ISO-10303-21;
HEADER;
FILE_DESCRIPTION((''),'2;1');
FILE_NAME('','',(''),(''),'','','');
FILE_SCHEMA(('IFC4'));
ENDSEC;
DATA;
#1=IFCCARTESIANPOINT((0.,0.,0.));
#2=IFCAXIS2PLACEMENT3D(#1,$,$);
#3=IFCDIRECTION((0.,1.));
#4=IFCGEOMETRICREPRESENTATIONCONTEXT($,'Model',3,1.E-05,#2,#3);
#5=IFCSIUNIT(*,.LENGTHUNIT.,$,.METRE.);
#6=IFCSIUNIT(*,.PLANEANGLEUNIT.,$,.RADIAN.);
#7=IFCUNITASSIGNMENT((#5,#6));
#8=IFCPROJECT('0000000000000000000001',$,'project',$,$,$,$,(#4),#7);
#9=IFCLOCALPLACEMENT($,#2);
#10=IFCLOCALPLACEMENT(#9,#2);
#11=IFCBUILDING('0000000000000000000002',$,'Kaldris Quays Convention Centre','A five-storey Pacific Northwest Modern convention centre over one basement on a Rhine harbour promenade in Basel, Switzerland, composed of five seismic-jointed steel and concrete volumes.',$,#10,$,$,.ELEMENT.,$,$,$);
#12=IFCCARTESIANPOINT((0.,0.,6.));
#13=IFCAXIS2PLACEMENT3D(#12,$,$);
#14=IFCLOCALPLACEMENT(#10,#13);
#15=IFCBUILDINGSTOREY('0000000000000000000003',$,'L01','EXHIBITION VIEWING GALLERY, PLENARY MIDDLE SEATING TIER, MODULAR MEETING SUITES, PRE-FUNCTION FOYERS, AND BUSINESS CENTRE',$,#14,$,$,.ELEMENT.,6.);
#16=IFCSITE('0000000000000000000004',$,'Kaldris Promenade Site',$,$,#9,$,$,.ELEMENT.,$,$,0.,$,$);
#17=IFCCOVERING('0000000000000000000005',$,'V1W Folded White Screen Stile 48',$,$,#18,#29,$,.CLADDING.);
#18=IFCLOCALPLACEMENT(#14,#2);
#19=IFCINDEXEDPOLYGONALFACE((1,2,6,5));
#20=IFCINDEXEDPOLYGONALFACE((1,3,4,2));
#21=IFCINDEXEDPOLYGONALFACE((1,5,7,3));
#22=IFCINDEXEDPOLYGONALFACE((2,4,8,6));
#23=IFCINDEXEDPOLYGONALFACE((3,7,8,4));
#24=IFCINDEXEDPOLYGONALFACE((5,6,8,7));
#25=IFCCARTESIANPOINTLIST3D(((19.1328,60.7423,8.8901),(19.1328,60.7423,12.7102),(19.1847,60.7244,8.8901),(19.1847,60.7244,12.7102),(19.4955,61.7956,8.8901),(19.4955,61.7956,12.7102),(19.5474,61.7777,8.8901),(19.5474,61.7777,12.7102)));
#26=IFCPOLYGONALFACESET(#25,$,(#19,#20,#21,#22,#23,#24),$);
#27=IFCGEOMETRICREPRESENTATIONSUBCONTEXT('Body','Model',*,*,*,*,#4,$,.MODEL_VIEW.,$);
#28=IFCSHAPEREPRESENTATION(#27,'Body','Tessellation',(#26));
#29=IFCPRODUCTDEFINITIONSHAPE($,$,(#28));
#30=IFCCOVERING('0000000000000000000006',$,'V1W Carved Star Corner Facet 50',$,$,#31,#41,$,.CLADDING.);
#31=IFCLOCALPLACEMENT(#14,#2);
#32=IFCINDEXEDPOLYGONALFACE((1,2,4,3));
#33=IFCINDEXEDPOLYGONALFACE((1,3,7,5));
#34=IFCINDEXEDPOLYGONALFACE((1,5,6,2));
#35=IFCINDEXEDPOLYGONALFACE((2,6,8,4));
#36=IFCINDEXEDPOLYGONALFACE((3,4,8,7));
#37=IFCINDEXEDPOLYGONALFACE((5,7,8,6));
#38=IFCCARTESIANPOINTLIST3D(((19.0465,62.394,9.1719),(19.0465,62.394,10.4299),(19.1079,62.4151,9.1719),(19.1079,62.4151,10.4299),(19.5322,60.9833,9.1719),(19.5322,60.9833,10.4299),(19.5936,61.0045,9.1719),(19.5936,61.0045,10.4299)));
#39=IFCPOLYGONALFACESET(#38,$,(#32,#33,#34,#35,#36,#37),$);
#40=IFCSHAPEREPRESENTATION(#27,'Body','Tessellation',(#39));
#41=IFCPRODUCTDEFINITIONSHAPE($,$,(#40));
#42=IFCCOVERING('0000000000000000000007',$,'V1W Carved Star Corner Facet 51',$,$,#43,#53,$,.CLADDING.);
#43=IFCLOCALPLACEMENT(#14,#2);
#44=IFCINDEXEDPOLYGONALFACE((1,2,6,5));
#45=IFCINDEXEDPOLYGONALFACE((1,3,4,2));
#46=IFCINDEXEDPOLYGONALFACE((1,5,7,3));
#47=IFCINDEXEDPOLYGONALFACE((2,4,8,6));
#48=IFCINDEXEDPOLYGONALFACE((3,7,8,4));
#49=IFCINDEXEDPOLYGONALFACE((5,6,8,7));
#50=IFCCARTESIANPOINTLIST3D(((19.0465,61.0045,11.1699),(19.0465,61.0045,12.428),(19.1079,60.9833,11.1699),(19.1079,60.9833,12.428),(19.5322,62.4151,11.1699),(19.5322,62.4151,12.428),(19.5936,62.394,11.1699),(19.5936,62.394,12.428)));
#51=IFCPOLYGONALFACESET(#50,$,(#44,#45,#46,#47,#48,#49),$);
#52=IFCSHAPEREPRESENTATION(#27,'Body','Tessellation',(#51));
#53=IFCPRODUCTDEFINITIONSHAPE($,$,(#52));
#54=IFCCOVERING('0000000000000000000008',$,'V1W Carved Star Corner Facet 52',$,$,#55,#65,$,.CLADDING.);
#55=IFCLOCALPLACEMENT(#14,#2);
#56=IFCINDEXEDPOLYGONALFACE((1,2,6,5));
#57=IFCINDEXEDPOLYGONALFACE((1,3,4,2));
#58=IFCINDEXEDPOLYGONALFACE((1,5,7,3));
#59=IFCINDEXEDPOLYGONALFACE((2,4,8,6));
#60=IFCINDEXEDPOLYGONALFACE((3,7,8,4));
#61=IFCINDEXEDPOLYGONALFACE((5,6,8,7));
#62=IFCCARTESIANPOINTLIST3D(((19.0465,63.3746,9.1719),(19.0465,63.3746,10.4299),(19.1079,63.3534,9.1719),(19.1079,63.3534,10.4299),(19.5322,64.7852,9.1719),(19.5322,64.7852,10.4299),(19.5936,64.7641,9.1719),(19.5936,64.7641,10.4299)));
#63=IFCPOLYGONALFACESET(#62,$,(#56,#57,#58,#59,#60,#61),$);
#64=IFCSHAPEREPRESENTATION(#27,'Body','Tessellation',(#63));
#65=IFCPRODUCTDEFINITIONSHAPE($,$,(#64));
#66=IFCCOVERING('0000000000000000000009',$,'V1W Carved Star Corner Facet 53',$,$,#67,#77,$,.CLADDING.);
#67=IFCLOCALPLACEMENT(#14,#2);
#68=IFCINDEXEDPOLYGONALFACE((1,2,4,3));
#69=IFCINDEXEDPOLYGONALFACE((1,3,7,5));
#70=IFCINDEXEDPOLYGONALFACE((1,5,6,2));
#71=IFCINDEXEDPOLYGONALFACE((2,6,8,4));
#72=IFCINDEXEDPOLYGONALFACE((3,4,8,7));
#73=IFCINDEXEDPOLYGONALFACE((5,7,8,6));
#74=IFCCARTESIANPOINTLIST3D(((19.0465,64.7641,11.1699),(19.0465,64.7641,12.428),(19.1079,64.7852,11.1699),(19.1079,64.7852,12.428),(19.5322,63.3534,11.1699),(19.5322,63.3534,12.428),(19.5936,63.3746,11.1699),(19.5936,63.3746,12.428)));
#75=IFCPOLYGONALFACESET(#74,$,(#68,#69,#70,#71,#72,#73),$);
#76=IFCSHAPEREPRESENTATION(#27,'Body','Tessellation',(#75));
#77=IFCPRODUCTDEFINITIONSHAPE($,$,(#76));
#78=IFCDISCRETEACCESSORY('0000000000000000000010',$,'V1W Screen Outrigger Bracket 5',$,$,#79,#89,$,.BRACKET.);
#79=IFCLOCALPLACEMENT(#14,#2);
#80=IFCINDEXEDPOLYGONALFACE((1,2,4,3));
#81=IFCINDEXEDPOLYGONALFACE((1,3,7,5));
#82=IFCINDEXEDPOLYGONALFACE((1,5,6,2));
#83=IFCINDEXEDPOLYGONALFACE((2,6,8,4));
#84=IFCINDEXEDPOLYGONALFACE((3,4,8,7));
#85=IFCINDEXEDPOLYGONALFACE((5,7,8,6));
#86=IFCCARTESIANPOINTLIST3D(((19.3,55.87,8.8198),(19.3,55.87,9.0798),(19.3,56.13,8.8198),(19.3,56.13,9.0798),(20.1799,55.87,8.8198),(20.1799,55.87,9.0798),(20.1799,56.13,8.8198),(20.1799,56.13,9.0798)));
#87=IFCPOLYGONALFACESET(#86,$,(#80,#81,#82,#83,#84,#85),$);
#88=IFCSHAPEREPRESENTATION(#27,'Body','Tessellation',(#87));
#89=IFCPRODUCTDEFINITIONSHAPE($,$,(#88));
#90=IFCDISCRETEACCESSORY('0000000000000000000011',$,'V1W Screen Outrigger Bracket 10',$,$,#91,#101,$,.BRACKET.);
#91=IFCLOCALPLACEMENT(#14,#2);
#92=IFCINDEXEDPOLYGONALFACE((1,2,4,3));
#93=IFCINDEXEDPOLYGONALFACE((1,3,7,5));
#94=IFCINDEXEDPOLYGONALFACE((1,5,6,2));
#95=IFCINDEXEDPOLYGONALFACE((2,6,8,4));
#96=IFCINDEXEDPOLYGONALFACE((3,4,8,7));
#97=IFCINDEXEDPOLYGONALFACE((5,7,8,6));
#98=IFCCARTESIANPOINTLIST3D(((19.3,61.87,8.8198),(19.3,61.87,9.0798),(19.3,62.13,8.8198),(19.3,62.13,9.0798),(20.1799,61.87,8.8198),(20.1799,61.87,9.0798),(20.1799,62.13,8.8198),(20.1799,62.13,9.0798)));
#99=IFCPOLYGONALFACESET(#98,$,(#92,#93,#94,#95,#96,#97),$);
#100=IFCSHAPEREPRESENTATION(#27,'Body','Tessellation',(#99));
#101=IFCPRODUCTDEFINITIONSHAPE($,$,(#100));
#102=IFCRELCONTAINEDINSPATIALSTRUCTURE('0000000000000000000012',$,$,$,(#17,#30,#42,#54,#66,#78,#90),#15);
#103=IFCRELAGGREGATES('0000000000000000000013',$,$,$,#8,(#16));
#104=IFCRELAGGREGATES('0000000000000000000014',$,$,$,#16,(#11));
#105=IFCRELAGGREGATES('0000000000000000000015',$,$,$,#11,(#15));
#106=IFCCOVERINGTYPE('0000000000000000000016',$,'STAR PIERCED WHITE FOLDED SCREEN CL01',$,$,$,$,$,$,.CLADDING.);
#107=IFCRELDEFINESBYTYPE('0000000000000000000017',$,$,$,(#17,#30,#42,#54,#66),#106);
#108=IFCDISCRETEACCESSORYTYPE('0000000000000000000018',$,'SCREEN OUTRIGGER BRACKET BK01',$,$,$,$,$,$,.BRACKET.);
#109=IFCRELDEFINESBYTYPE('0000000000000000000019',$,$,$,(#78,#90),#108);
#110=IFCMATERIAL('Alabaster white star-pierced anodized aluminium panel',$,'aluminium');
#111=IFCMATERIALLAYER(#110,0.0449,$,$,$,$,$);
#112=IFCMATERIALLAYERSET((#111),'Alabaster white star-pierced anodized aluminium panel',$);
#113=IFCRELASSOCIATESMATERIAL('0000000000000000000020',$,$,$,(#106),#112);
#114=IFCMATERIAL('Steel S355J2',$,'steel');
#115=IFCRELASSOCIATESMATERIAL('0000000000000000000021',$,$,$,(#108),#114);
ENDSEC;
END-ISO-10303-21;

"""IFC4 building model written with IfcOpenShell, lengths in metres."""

from ifc_helpers import new_model, si_unit, direction, frame, origin, origin_2d, place, context, subcontext, project, spatial, rectangle, extrude, material, layer, layer_set, type_object, element, save


model = new_model("IFC4")

# Units and contexts
model_context = context("Model", 3, precision=1e-05, world=origin(), true_north=direction((0.0, 1.0)))
body_context = subcontext(model_context, "Body", "Model", "MODEL_VIEW")
ifc_project = project(units=[si_unit("LENGTHUNIT", "METRE"), si_unit("PLANEANGLEUNIT", "RADIAN")], contexts=[model_context])

# Site, building, storey
site_placement = place(None, origin())
site = spatial("IfcSite", under=ifc_project, at=site_placement, Name="Kaldris Promenade Site", CompositionType="ELEMENT", RefElevation=0.0)
building_placement = place(site_placement, origin())
building = spatial("IfcBuilding", under=site, at=building_placement, Name="Kaldris Quays Convention Centre", Description="A five-storey Pacific Northwest Modern convention centre over one basement on a Rhine harbour promenade in Basel, Switzerland, composed of five seismic-jointed steel and concrete volumes.", CompositionType="ELEMENT")
storey_placement = place(building_placement, frame((0.0, 0.0, 6.0)))
storey = spatial("IfcBuildingStorey", under=building, at=storey_placement, Name="L01", Description="EXHIBITION VIEWING GALLERY, PLENARY MIDDLE SEATING TIER, MODULAR MEETING SUITES, PRE-FUNCTION FOYERS, AND BUSINESS CENTRE", CompositionType="ELEMENT", Elevation=6.0)

# Coverings
ifc_material_1 = material(Name="Alabaster white star-pierced anodized aluminium panel", Category="aluminium")
ifc_layer = layer(ifc_material_1, 0.0449)
ifc_layer_set = layer_set([ifc_layer], Name="Alabaster white star-pierced anodized aluminium panel")
covering_type = type_object("IfcCoveringType", Name="STAR PIERCED WHITE FOLDED SCREEN CL01", PredefinedType="CLADDING", material=ifc_layer_set)
covering_placement = place(storey_placement, frame((19.3401, 61.26, 8.8901), z_axis=(0.0, 0.0, 1.0), x_axis=(0.325568, 0.945519, 0.0)))
element("IfcCovering", 1, at=covering_placement, inside=storey, type_object=covering_type, Name="V1W Folded White Screen Stile 48", PredefinedType="CLADDING", context=body_context, shape_type="SweptSolid", body=[
    extrude(rectangle(XDim=1.114, YDim=0.0549, at=origin_2d()), origin(), (0.0, 0.0, 1.0), 3.8201),
])
for number, where, z_axis, x_axis, name in (
    (2, (19.3201, 61.6992, 9.1719), (0.0, 0.0, 1.0), (-0.325568, 0.945519, 0.0), "V1W Carved Star Corner Facet 50"),
    (3, (19.3201, 61.6992, 11.1699), (0.0, 0.0, 1.0), (0.325568, 0.945519, 0.0), "V1W Carved Star Corner Facet 51"),
    (4, (19.3201, 64.0693, 9.1719), (0.0, 0.0, 1.0), (0.325568, 0.945519, 0.0), "V1W Carved Star Corner Facet 52"),
    (5, (19.3201, 64.0693, 11.1699), (0.0, 0.0, 1.0), (-0.325568, 0.945519, 0.0), "V1W Carved Star Corner Facet 53"),
):
    element("IfcCovering", number, at=place(storey_placement, frame(where, z_axis=z_axis, x_axis=x_axis)), inside=storey, type_object=covering_type, Name=name, PredefinedType="CLADDING", context=body_context, shape_type="SweptSolid", body=[
        extrude(rectangle(XDim=1.4919, YDim=0.0649, at=origin_2d()), origin(), (0.0, 0.0, 1.0), 1.2581),
    ])

# Discrete accessories
ifc_material_2 = material(Name="Steel S355J2", Category="steel")
discrete_accessory_type = type_object("IfcDiscreteAccessoryType", Name="SCREEN OUTRIGGER BRACKET BK01", PredefinedType="BRACKET", material=ifc_material_2)
for number, where, z_axis, x_axis, name in (
    (6, (19.74, 56.0, 8.8198), (0.0, 0.0, 1.0), (0.0, 1.0, 0.0), "V1W Screen Outrigger Bracket 5"),
    (7, (19.74, 62.0, 8.8198), (0.0, 0.0, 1.0), (0.0, 1.0, 0.0), "V1W Screen Outrigger Bracket 10"),
):
    element("IfcDiscreteAccessory", number, at=place(storey_placement, frame(where, z_axis=z_axis, x_axis=x_axis)), inside=storey, type_object=discrete_accessory_type, Name=name, PredefinedType="BRACKET", context=body_context, shape_type="SweptSolid", body=[
        extrude(rectangle(XDim=0.26, YDim=0.8799, at=origin_2d()), origin(), (0.0, 0.0, 1.0), 0.26),
    ])

save(model, "model.ifc")
